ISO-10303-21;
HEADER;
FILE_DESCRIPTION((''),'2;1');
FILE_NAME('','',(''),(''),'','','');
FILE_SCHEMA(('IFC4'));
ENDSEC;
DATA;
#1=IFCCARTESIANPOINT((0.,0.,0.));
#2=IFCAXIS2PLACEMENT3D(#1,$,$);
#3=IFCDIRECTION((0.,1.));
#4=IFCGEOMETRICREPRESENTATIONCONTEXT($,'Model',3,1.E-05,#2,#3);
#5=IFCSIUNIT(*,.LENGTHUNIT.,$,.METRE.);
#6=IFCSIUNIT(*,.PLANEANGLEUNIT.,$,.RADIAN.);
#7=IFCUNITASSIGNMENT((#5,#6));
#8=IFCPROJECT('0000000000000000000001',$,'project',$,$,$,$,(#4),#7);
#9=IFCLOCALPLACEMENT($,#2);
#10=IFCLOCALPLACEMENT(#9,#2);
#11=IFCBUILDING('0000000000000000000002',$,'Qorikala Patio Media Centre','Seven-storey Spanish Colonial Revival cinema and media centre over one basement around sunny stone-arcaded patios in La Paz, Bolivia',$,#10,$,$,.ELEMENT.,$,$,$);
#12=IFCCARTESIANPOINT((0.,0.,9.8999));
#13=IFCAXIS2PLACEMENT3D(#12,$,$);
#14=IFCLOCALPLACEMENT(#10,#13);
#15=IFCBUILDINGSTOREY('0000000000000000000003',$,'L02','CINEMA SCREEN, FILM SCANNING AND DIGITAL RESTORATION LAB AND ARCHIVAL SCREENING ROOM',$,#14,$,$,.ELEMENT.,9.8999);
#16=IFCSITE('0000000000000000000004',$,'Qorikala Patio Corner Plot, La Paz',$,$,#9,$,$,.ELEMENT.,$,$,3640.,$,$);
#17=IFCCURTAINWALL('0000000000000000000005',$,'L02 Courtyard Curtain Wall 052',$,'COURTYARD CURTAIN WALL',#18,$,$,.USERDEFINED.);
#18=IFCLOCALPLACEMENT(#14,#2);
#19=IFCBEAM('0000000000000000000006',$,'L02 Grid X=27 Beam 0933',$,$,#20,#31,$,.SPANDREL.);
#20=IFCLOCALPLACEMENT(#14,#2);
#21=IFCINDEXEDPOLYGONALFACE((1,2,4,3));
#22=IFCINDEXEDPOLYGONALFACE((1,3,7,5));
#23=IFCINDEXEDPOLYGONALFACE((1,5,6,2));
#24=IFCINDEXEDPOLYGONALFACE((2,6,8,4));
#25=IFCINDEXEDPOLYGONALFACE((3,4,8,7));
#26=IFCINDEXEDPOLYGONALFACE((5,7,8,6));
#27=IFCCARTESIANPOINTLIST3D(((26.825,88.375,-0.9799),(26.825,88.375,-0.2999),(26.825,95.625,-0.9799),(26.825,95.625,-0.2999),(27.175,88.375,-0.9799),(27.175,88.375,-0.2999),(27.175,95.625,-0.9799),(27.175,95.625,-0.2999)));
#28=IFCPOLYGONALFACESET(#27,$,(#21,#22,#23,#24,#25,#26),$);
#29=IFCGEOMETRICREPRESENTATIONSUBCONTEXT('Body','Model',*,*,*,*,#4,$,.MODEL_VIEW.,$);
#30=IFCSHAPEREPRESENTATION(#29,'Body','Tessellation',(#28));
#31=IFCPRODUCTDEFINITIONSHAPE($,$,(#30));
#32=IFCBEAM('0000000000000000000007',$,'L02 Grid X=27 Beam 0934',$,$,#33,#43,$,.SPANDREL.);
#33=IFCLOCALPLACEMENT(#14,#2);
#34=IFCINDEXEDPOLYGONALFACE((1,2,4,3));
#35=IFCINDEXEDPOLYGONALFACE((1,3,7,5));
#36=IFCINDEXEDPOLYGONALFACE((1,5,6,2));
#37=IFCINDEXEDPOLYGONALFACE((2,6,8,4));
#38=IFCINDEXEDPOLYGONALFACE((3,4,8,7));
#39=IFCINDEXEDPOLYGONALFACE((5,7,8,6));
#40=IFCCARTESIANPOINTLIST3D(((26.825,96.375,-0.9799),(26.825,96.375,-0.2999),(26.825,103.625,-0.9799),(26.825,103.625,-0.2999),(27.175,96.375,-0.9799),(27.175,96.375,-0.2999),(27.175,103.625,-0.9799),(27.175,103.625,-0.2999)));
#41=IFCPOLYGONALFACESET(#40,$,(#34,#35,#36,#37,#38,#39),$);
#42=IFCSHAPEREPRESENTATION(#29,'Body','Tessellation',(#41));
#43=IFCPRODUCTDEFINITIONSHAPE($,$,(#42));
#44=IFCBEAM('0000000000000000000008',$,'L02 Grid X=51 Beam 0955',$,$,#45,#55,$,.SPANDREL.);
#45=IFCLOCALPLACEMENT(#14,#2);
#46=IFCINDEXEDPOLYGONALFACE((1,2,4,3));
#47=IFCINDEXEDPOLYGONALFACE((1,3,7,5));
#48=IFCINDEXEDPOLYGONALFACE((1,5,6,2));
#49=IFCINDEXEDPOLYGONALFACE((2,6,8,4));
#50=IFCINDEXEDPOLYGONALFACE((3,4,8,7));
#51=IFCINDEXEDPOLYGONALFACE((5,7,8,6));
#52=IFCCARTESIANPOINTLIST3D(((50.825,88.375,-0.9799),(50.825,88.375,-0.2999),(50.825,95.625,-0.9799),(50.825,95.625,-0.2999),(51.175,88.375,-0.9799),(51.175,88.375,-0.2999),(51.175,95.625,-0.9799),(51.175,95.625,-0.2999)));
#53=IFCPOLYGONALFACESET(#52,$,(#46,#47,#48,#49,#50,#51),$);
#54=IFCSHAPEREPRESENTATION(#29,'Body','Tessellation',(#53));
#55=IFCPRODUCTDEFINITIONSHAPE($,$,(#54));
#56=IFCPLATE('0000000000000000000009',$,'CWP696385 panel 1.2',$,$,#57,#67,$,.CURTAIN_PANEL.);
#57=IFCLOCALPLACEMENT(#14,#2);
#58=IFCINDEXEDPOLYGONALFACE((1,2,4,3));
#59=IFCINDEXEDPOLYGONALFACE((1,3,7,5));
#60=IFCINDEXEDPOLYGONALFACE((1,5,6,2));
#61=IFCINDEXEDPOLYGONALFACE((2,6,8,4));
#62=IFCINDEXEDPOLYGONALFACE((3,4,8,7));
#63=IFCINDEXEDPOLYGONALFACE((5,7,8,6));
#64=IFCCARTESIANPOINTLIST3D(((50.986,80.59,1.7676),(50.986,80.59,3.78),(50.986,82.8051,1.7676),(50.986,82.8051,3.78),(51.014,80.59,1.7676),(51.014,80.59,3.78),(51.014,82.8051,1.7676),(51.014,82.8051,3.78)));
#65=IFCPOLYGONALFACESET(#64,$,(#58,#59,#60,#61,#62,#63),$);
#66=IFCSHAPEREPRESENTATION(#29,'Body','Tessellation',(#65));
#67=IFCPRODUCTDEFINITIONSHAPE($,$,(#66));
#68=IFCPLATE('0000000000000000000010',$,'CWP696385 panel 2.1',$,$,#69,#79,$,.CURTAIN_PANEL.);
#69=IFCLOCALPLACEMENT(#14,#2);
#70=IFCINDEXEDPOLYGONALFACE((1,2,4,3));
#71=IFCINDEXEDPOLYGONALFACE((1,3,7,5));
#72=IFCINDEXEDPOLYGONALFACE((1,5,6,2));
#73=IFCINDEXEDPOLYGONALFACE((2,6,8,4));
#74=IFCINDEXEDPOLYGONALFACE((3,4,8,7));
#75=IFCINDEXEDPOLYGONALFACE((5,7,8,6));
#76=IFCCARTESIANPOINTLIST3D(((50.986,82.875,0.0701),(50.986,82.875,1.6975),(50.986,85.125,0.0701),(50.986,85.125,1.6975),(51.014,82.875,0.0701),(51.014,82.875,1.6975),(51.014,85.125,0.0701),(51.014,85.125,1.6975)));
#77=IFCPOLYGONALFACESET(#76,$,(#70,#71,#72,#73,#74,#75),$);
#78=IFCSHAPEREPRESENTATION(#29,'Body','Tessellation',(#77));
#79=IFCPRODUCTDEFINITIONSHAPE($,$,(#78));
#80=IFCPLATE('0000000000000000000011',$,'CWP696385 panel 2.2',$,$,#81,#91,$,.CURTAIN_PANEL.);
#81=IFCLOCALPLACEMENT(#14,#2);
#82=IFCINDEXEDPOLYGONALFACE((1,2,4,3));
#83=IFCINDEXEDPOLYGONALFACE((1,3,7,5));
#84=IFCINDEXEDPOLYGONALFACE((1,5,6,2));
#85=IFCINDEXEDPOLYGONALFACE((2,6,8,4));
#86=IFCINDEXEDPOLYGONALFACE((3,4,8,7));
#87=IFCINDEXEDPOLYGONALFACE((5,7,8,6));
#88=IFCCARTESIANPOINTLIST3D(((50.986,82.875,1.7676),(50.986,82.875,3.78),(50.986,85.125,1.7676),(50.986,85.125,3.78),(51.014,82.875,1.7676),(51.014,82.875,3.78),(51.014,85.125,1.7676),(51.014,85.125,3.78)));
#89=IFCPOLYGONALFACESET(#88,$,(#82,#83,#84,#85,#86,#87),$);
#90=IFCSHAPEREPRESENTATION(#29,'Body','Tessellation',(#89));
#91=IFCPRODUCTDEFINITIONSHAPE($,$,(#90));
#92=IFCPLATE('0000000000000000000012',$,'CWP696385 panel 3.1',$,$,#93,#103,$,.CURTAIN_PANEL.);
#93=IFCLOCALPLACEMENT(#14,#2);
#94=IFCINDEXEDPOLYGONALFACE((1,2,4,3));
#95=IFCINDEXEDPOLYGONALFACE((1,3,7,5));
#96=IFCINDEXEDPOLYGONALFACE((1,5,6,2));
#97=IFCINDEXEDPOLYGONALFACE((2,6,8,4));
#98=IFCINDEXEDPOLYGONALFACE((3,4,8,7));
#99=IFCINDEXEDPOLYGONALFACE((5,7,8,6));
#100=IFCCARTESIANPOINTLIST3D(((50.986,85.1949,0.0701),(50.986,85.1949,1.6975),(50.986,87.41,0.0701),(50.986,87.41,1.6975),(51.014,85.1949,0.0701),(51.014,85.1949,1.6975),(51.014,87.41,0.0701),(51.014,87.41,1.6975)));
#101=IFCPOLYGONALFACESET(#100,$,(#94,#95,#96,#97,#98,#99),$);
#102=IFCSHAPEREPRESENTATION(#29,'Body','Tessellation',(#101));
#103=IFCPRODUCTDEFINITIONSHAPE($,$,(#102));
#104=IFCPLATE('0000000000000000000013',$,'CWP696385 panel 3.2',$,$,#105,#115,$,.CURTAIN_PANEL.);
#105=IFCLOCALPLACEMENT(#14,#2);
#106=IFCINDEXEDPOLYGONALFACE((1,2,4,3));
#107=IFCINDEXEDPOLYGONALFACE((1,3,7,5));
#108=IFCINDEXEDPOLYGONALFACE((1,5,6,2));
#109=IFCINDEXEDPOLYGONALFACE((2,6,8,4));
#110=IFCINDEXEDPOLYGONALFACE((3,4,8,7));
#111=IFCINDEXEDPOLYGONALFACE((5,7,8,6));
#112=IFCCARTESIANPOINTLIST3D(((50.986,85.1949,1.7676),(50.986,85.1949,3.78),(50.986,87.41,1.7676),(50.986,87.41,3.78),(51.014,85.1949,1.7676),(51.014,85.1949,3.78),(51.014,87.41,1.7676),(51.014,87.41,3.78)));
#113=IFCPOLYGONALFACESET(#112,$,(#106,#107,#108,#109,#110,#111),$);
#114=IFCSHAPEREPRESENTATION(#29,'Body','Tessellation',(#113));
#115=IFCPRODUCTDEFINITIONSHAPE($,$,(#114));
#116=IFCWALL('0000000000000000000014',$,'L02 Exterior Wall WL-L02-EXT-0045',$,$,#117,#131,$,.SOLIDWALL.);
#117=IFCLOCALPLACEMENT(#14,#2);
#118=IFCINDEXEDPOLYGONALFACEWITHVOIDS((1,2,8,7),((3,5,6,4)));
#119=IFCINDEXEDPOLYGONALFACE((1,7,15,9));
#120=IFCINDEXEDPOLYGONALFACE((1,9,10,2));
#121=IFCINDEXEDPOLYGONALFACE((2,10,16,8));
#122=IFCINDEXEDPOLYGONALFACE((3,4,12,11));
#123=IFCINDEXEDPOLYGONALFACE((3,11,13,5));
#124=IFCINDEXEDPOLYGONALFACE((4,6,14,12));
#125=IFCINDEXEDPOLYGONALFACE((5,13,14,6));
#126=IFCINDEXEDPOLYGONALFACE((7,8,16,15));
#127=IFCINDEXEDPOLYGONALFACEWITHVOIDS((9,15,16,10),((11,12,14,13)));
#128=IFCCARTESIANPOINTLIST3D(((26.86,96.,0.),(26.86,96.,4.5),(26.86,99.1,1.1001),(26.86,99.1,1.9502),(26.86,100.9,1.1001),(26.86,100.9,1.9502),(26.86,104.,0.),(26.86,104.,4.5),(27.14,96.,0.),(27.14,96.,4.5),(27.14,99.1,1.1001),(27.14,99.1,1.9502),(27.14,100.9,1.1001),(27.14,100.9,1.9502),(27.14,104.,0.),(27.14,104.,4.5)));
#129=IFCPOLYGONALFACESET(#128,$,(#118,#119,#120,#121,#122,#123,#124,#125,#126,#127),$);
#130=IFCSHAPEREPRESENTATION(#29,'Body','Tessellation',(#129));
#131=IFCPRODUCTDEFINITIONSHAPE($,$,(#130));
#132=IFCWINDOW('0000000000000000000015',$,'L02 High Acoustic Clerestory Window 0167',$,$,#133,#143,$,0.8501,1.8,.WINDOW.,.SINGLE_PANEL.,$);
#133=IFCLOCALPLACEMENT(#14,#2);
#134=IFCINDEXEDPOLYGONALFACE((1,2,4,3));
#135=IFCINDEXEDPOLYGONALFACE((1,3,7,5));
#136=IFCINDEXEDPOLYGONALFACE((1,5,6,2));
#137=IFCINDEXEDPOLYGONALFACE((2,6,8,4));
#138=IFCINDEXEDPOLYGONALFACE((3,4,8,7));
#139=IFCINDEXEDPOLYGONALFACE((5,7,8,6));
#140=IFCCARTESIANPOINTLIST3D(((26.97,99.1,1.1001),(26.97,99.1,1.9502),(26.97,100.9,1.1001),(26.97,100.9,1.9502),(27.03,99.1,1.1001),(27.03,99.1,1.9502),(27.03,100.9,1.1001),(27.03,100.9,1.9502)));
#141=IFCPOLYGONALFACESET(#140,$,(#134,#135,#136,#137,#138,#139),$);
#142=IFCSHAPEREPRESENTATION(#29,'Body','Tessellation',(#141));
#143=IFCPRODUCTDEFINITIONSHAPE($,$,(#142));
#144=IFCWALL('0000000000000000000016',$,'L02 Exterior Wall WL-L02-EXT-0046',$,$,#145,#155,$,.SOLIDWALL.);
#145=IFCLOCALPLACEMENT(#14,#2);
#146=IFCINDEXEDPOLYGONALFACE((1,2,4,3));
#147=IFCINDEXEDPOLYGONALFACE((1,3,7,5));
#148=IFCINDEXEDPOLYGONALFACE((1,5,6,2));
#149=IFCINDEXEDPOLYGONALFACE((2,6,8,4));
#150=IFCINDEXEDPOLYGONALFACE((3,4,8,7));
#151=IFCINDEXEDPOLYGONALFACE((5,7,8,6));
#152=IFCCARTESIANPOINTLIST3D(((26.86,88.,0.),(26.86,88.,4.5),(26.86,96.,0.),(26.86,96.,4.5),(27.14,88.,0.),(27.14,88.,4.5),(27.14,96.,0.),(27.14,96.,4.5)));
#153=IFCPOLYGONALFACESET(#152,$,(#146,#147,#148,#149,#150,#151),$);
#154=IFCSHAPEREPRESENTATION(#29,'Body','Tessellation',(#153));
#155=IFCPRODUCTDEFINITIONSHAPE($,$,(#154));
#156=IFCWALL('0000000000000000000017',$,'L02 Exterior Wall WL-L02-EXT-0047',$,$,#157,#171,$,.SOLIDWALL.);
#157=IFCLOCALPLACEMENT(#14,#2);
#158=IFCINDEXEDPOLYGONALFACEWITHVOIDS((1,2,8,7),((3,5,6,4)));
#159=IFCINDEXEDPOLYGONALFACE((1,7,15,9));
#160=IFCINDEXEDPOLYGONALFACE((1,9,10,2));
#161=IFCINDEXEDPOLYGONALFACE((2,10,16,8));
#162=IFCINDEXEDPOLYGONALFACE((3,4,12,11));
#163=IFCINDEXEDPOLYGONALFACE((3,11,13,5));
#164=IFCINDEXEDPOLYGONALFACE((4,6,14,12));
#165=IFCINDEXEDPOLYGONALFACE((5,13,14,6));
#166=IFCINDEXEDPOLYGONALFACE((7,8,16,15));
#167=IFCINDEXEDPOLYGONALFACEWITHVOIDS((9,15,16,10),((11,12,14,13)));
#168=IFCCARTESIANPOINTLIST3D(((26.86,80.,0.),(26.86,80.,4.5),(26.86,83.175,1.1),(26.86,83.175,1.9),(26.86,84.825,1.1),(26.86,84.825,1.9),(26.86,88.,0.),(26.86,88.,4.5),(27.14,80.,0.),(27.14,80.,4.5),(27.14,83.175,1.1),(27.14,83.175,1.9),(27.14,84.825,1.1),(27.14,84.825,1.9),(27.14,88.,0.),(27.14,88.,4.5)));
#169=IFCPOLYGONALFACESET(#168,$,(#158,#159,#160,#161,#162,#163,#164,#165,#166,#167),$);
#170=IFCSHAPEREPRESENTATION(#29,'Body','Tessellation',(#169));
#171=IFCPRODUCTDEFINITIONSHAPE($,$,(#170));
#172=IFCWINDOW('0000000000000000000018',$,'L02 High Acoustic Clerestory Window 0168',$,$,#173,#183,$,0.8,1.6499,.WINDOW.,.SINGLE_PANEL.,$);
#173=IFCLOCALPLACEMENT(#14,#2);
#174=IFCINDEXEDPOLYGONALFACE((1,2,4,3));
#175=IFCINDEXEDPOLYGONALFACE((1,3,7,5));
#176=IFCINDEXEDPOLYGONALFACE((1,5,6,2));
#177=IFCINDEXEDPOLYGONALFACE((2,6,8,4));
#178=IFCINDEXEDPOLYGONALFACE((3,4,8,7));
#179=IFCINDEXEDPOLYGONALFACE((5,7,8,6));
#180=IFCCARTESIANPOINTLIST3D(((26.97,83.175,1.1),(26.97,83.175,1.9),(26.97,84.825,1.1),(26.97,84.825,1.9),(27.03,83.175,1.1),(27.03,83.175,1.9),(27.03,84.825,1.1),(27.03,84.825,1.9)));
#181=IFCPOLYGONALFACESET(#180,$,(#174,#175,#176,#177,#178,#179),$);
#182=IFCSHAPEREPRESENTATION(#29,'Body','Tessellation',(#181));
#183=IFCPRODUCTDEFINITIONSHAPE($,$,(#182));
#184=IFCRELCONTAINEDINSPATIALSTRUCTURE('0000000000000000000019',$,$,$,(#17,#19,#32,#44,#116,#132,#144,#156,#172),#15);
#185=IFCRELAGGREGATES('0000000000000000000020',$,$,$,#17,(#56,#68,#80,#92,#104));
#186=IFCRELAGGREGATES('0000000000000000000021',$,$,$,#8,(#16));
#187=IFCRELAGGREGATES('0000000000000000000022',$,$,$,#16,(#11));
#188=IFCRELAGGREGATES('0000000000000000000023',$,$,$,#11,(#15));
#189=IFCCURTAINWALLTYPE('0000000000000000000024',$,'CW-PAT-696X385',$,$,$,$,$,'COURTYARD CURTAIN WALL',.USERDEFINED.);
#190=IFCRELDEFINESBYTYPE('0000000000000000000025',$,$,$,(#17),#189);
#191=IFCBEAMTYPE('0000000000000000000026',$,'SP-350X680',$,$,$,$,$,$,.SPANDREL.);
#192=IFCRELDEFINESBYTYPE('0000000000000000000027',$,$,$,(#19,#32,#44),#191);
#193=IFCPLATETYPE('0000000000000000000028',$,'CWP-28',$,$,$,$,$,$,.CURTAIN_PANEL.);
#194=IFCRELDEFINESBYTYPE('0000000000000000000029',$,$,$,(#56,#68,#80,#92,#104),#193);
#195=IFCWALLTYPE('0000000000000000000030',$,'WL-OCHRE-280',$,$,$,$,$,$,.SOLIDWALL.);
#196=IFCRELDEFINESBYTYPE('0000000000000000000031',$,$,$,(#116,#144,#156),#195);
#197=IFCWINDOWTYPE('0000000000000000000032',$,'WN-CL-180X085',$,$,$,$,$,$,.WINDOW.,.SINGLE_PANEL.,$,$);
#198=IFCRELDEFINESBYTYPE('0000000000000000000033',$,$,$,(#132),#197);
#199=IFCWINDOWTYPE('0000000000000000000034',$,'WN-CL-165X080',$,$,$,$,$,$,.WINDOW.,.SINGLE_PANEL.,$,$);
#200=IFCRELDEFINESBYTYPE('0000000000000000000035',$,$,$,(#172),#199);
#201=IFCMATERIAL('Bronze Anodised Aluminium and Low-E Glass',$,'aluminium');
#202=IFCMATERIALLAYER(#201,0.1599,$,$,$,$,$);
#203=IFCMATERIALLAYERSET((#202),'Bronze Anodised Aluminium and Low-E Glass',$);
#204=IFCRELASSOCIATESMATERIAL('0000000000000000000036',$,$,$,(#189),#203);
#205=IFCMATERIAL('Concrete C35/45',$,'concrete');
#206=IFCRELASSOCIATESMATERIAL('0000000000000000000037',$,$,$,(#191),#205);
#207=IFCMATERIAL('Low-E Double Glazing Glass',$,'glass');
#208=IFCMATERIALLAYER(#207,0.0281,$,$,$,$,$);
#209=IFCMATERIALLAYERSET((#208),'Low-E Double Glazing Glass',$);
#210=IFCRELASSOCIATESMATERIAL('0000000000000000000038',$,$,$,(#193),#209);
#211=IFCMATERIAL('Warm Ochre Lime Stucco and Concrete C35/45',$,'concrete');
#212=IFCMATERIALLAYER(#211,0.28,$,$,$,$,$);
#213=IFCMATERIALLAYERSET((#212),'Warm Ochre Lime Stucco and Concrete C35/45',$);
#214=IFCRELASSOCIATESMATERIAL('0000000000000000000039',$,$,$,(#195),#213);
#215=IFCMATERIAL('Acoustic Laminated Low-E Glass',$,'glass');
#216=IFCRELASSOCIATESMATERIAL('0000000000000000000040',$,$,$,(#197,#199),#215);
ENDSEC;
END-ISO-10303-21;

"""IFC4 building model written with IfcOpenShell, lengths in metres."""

from ifc_helpers import new_model, si_unit, direction, frame, frame_2d, origin, origin_2d, place, context, subcontext, project, spatial, rectangle, extrude, material, layer, layer_set, material_profile, profile_set, type_object, element, fill, aggregate, save


model = new_model("IFC4")

# Units and contexts
model_context = context("Model", 3, precision=1e-05, world=origin(), true_north=direction((0.0, 1.0)))
body_context = subcontext(model_context, "Body", "Model", "MODEL_VIEW")
ifc_project = project(units=[si_unit("LENGTHUNIT", "METRE"), si_unit("PLANEANGLEUNIT", "RADIAN")], contexts=[model_context])

# Site, building, storey
site_placement = place(None, origin())
site = spatial("IfcSite", under=ifc_project, at=site_placement, Name="Qorikala Patio Corner Plot, La Paz", CompositionType="ELEMENT", RefElevation=3640.0)
building_placement = place(site_placement, origin())
building = spatial("IfcBuilding", under=site, at=building_placement, Name="Qorikala Patio Media Centre", Description="Seven-storey Spanish Colonial Revival cinema and media centre over one basement around sunny stone-arcaded patios in La Paz, Bolivia", CompositionType="ELEMENT")
storey_placement = place(building_placement, frame((0.0, 0.0, 9.8999)))
storey = spatial("IfcBuildingStorey", under=building, at=storey_placement, Name="L02", Description="CINEMA SCREEN, FILM SCANNING AND DIGITAL RESTORATION LAB AND ARCHIVAL SCREENING ROOM", CompositionType="ELEMENT", Elevation=9.8999)

# Shared definitions
ifc_material_1 = material(Name="Concrete C35/45", Category="concrete")

# Curtain wall
ifc_material_2 = material(Name="Bronze Anodised Aluminium and Low-E Glass", Category="aluminium")
ifc_layer_1 = layer(ifc_material_2, 0.1599)
ifc_layer_set_1 = layer_set([ifc_layer_1], Name="Bronze Anodised Aluminium and Low-E Glass")
curtain_wall_type = type_object("IfcCurtainWallType", Name="CW-PAT-696X385", ElementType="COURTYARD CURTAIN WALL", PredefinedType="USERDEFINED", material=ifc_layer_set_1)
curtain_wall_1_placement = place(storey_placement, origin())
curtain_wall_1 = element("IfcCurtainWall", 1, at=curtain_wall_1_placement, inside=storey, type_object=curtain_wall_type, Name="L02 Courtyard Curtain Wall 052", ObjectType="COURTYARD CURTAIN WALL", PredefinedType="USERDEFINED")

# Beams
ifc_material_profile_1 = material_profile(ifc_material_1, rectangle(XDim=0.3501, YDim=0.6799, at=origin_2d()), Name="RC 350x680")
ifc_profile_set_1 = profile_set([ifc_material_profile_1], Name="Concrete C35/45")
beam_type = type_object("IfcBeamType", Name="SP-350X680", PredefinedType="SPANDREL", material=ifc_profile_set_1)
for number, where, z_axis, x_axis, name in (
    (2, (27.0, 88.375, -0.6399), (0.0, 1.0, 0.0), (-1.0, 0.0, 0.0), "L02 Grid X=27 Beam 0933"),
    (3, (27.0, 96.375, -0.6399), (0.0, 1.0, 0.0), (-1.0, 0.0, 0.0), "L02 Grid X=27 Beam 0934"),
    (4, (51.0, 88.375, -0.6399), (0.0, 1.0, 0.0), (-1.0, 0.0, 0.0), "L02 Grid X=51 Beam 0955"),
):
    element("IfcBeam", number, at=place(storey_placement, frame(where, z_axis=z_axis, x_axis=x_axis)), inside=storey, type_object=beam_type, Name=name, PredefinedType="SPANDREL", context=body_context, shape_type="SweptSolid", body=[
        extrude(rectangle(XDim=0.3501, YDim=0.6799, at=origin_2d()), origin(), (0.0, 0.0, 1.0), 7.25),
    ])

# Plates
ifc_material_3 = material(Name="Low-E Double Glazing Glass", Category="glass")
ifc_layer_2 = layer(ifc_material_3, 0.0281)
ifc_layer_set_2 = layer_set([ifc_layer_2], Name="Low-E Double Glazing Glass")
plate_type = type_object("IfcPlateType", Name="CWP-28", PredefinedType="CURTAIN_PANEL", material=ifc_layer_set_2)
plate_1_placement = place(storey_placement, frame((51.0, 81.6975, 1.7676), z_axis=(0.0, 0.0, 1.0), x_axis=(0.0, 1.0, 0.0)))
plate_1 = element("IfcPlate", 5, at=plate_1_placement, type_object=plate_type, Name="CWP696385 panel 1.2", PredefinedType="CURTAIN_PANEL", context=body_context, shape_type="SweptSolid", body=[
    extrude(rectangle(XDim=2.2151, YDim=0.0281, at=origin_2d()), origin(), (0.0, 0.0, 1.0), 2.0125),
])
plate_2_placement = place(storey_placement, frame((51.0, 84.0, 0.0701), z_axis=(0.0, 0.0, 1.0), x_axis=(0.0, 1.0, 0.0)))
plate_2 = element("IfcPlate", 6, at=plate_2_placement, type_object=plate_type, Name="CWP696385 panel 2.1", PredefinedType="CURTAIN_PANEL", context=body_context, shape_type="SweptSolid", body=[
    extrude(rectangle(XDim=2.25, YDim=0.0281, at=origin_2d()), origin(), (0.0, 0.0, 1.0), 1.6274),
])
plate_3_placement = place(storey_placement, frame((51.0, 84.0, 1.7676), z_axis=(0.0, 0.0, 1.0), x_axis=(0.0, 1.0, 0.0)))
plate_3 = element("IfcPlate", 7, at=plate_3_placement, type_object=plate_type, Name="CWP696385 panel 2.2", PredefinedType="CURTAIN_PANEL", context=body_context, shape_type="SweptSolid", body=[
    extrude(rectangle(XDim=2.25, YDim=0.0281, at=origin_2d()), origin(), (0.0, 0.0, 1.0), 2.0125),
])
plate_4_placement = place(storey_placement, frame((51.0, 86.3025, 0.0701), z_axis=(0.0, 0.0, 1.0), x_axis=(0.0, 1.0, 0.0)))
plate_4 = element("IfcPlate", 8, at=plate_4_placement, type_object=plate_type, Name="CWP696385 panel 3.1", PredefinedType="CURTAIN_PANEL", context=body_context, shape_type="SweptSolid", body=[
    extrude(rectangle(XDim=2.2151, YDim=0.0281, at=origin_2d()), origin(), (0.0, 0.0, 1.0), 1.6274),
])
plate_5_placement = place(storey_placement, frame((51.0, 86.3025, 1.7676), z_axis=(0.0, 0.0, 1.0), x_axis=(0.0, 1.0, 0.0)))
plate_5 = element("IfcPlate", 9, at=plate_5_placement, type_object=plate_type, Name="CWP696385 panel 3.2", PredefinedType="CURTAIN_PANEL", context=body_context, shape_type="SweptSolid", body=[
    extrude(rectangle(XDim=2.2151, YDim=0.0281, at=origin_2d()), origin(), (0.0, 0.0, 1.0), 2.0125),
])
aggregate(curtain_wall_1, [plate_1, plate_2, plate_3, plate_4, plate_5])

# Wall, opening, window
ifc_material_4 = material(Name="Warm Ochre Lime Stucco and Concrete C35/45", Category="concrete")
ifc_layer_3 = layer(ifc_material_4, 0.28)
ifc_layer_set_3 = layer_set([ifc_layer_3], Name="Warm Ochre Lime Stucco and Concrete C35/45")
wall_type = type_object("IfcWallType", Name="WL-OCHRE-280", PredefinedType="SOLIDWALL", material=ifc_layer_set_3)
wall_1_placement = place(storey_placement, frame((27.0, 104.0, 0.0), z_axis=(0.0, 0.0, 1.0), x_axis=(0.0, -1.0, 0.0)))
wall_1 = element("IfcWall", 10, at=wall_1_placement, inside=storey, type_object=wall_type, Name="L02 Exterior Wall WL-L02-EXT-0045", PredefinedType="SOLIDWALL", context=body_context, shape_type="SweptSolid", body=[
    extrude(rectangle(XDim=8.0, YDim=0.28, at=frame_2d((4.0, 0.0))), origin(), (0.0, 0.0, 1.0), 4.5),
])
opening_1_placement = place(wall_1_placement, frame((3.1001, 0.0, 1.1001)))
opening_1 = element("IfcOpeningElement", 11, at=opening_1_placement, cuts=wall_1, PredefinedType="OPENING", context=body_context, shape_type="SweptSolid", body=[
    extrude(rectangle(XDim=1.8, YDim=0.8501, at=frame_2d((0.8999, 0.425))), frame((0.0, 0.1499, 0.0), z_axis=(0.0, -1.0, 0.0), x_axis=(1.0, 0.0, 0.0)), (0.0, 0.0, 1.0), 0.3),
])
ifc_material_5 = material(Name="Acoustic Laminated Low-E Glass", Category="glass")
window_type_1 = type_object("IfcWindowType", Name="WN-CL-180X085", PartitioningType="SINGLE_PANEL", PredefinedType="WINDOW", material=ifc_material_5)
window_1_placement = place(opening_1_placement, origin())
window_1 = element("IfcWindow", 12, at=window_1_placement, inside=storey, type_object=window_type_1, Name="L02 High Acoustic Clerestory Window 0167", OverallHeight=0.8501, OverallWidth=1.8, PartitioningType="SINGLE_PANEL", PredefinedType="WINDOW", context=body_context, shape_type="SweptSolid", body=[
    extrude(rectangle(XDim=1.8, YDim=0.8501, at=frame_2d((0.8999, 0.425))), frame((0.0, 0.03, 0.0), z_axis=(0.0, -1.0, 0.0), x_axis=(1.0, 0.0, 0.0)), (0.0, 0.0, 1.0), 0.0601),
])
fill(opening_1, window_1)

# Wall
wall_2_placement = place(storey_placement, frame((27.0, 96.0, 0.0), z_axis=(0.0, 0.0, 1.0), x_axis=(0.0, -1.0, 0.0)))
element("IfcWall", 13, at=wall_2_placement, inside=storey, type_object=wall_type, Name="L02 Exterior Wall WL-L02-EXT-0046", PredefinedType="SOLIDWALL", context=body_context, shape_type="SweptSolid", body=[
    extrude(rectangle(XDim=8.0, YDim=0.28, at=frame_2d((4.0, 0.0))), origin(), (0.0, 0.0, 1.0), 4.5),
])

# Wall, opening, window
wall_3_placement = place(storey_placement, frame((27.0, 88.0, 0.0), z_axis=(0.0, 0.0, 1.0), x_axis=(0.0, -1.0, 0.0)))
wall_3 = element("IfcWall", 14, at=wall_3_placement, inside=storey, type_object=wall_type, Name="L02 Exterior Wall WL-L02-EXT-0047", PredefinedType="SOLIDWALL", context=body_context, shape_type="SweptSolid", body=[
    extrude(rectangle(XDim=8.0, YDim=0.28, at=frame_2d((4.0, 0.0))), origin(), (0.0, 0.0, 1.0), 4.5),
])
opening_2_placement = place(wall_3_placement, frame((3.175, 0.0, 1.1001)))
opening_2 = element("IfcOpeningElement", 15, at=opening_2_placement, cuts=wall_3, PredefinedType="OPENING", context=body_context, shape_type="SweptSolid", body=[
    extrude(rectangle(XDim=1.6499, YDim=0.8, at=frame_2d((0.825, 0.3999))), frame((0.0, 0.1499, 0.0), z_axis=(0.0, -1.0, 0.0), x_axis=(1.0, 0.0, 0.0)), (0.0, 0.0, 1.0), 0.3),
])
window_type_2 = type_object("IfcWindowType", Name="WN-CL-165X080", PartitioningType="SINGLE_PANEL", PredefinedType="WINDOW", material=ifc_material_5)
window_2_placement = place(opening_2_placement, origin())
window_2 = element("IfcWindow", 16, at=window_2_placement, inside=storey, type_object=window_type_2, Name="L02 High Acoustic Clerestory Window 0168", OverallHeight=0.8, OverallWidth=1.6499, PartitioningType="SINGLE_PANEL", PredefinedType="WINDOW", context=body_context, shape_type="SweptSolid", body=[
    extrude(rectangle(XDim=1.6499, YDim=0.8, at=frame_2d((0.825, 0.3999))), frame((0.0, 0.03, 0.0), z_axis=(0.0, -1.0, 0.0), x_axis=(1.0, 0.0, 0.0)), (0.0, 0.0, 1.0), 0.0601),
])
fill(opening_2, window_2)

save(model, "model.ifc")
